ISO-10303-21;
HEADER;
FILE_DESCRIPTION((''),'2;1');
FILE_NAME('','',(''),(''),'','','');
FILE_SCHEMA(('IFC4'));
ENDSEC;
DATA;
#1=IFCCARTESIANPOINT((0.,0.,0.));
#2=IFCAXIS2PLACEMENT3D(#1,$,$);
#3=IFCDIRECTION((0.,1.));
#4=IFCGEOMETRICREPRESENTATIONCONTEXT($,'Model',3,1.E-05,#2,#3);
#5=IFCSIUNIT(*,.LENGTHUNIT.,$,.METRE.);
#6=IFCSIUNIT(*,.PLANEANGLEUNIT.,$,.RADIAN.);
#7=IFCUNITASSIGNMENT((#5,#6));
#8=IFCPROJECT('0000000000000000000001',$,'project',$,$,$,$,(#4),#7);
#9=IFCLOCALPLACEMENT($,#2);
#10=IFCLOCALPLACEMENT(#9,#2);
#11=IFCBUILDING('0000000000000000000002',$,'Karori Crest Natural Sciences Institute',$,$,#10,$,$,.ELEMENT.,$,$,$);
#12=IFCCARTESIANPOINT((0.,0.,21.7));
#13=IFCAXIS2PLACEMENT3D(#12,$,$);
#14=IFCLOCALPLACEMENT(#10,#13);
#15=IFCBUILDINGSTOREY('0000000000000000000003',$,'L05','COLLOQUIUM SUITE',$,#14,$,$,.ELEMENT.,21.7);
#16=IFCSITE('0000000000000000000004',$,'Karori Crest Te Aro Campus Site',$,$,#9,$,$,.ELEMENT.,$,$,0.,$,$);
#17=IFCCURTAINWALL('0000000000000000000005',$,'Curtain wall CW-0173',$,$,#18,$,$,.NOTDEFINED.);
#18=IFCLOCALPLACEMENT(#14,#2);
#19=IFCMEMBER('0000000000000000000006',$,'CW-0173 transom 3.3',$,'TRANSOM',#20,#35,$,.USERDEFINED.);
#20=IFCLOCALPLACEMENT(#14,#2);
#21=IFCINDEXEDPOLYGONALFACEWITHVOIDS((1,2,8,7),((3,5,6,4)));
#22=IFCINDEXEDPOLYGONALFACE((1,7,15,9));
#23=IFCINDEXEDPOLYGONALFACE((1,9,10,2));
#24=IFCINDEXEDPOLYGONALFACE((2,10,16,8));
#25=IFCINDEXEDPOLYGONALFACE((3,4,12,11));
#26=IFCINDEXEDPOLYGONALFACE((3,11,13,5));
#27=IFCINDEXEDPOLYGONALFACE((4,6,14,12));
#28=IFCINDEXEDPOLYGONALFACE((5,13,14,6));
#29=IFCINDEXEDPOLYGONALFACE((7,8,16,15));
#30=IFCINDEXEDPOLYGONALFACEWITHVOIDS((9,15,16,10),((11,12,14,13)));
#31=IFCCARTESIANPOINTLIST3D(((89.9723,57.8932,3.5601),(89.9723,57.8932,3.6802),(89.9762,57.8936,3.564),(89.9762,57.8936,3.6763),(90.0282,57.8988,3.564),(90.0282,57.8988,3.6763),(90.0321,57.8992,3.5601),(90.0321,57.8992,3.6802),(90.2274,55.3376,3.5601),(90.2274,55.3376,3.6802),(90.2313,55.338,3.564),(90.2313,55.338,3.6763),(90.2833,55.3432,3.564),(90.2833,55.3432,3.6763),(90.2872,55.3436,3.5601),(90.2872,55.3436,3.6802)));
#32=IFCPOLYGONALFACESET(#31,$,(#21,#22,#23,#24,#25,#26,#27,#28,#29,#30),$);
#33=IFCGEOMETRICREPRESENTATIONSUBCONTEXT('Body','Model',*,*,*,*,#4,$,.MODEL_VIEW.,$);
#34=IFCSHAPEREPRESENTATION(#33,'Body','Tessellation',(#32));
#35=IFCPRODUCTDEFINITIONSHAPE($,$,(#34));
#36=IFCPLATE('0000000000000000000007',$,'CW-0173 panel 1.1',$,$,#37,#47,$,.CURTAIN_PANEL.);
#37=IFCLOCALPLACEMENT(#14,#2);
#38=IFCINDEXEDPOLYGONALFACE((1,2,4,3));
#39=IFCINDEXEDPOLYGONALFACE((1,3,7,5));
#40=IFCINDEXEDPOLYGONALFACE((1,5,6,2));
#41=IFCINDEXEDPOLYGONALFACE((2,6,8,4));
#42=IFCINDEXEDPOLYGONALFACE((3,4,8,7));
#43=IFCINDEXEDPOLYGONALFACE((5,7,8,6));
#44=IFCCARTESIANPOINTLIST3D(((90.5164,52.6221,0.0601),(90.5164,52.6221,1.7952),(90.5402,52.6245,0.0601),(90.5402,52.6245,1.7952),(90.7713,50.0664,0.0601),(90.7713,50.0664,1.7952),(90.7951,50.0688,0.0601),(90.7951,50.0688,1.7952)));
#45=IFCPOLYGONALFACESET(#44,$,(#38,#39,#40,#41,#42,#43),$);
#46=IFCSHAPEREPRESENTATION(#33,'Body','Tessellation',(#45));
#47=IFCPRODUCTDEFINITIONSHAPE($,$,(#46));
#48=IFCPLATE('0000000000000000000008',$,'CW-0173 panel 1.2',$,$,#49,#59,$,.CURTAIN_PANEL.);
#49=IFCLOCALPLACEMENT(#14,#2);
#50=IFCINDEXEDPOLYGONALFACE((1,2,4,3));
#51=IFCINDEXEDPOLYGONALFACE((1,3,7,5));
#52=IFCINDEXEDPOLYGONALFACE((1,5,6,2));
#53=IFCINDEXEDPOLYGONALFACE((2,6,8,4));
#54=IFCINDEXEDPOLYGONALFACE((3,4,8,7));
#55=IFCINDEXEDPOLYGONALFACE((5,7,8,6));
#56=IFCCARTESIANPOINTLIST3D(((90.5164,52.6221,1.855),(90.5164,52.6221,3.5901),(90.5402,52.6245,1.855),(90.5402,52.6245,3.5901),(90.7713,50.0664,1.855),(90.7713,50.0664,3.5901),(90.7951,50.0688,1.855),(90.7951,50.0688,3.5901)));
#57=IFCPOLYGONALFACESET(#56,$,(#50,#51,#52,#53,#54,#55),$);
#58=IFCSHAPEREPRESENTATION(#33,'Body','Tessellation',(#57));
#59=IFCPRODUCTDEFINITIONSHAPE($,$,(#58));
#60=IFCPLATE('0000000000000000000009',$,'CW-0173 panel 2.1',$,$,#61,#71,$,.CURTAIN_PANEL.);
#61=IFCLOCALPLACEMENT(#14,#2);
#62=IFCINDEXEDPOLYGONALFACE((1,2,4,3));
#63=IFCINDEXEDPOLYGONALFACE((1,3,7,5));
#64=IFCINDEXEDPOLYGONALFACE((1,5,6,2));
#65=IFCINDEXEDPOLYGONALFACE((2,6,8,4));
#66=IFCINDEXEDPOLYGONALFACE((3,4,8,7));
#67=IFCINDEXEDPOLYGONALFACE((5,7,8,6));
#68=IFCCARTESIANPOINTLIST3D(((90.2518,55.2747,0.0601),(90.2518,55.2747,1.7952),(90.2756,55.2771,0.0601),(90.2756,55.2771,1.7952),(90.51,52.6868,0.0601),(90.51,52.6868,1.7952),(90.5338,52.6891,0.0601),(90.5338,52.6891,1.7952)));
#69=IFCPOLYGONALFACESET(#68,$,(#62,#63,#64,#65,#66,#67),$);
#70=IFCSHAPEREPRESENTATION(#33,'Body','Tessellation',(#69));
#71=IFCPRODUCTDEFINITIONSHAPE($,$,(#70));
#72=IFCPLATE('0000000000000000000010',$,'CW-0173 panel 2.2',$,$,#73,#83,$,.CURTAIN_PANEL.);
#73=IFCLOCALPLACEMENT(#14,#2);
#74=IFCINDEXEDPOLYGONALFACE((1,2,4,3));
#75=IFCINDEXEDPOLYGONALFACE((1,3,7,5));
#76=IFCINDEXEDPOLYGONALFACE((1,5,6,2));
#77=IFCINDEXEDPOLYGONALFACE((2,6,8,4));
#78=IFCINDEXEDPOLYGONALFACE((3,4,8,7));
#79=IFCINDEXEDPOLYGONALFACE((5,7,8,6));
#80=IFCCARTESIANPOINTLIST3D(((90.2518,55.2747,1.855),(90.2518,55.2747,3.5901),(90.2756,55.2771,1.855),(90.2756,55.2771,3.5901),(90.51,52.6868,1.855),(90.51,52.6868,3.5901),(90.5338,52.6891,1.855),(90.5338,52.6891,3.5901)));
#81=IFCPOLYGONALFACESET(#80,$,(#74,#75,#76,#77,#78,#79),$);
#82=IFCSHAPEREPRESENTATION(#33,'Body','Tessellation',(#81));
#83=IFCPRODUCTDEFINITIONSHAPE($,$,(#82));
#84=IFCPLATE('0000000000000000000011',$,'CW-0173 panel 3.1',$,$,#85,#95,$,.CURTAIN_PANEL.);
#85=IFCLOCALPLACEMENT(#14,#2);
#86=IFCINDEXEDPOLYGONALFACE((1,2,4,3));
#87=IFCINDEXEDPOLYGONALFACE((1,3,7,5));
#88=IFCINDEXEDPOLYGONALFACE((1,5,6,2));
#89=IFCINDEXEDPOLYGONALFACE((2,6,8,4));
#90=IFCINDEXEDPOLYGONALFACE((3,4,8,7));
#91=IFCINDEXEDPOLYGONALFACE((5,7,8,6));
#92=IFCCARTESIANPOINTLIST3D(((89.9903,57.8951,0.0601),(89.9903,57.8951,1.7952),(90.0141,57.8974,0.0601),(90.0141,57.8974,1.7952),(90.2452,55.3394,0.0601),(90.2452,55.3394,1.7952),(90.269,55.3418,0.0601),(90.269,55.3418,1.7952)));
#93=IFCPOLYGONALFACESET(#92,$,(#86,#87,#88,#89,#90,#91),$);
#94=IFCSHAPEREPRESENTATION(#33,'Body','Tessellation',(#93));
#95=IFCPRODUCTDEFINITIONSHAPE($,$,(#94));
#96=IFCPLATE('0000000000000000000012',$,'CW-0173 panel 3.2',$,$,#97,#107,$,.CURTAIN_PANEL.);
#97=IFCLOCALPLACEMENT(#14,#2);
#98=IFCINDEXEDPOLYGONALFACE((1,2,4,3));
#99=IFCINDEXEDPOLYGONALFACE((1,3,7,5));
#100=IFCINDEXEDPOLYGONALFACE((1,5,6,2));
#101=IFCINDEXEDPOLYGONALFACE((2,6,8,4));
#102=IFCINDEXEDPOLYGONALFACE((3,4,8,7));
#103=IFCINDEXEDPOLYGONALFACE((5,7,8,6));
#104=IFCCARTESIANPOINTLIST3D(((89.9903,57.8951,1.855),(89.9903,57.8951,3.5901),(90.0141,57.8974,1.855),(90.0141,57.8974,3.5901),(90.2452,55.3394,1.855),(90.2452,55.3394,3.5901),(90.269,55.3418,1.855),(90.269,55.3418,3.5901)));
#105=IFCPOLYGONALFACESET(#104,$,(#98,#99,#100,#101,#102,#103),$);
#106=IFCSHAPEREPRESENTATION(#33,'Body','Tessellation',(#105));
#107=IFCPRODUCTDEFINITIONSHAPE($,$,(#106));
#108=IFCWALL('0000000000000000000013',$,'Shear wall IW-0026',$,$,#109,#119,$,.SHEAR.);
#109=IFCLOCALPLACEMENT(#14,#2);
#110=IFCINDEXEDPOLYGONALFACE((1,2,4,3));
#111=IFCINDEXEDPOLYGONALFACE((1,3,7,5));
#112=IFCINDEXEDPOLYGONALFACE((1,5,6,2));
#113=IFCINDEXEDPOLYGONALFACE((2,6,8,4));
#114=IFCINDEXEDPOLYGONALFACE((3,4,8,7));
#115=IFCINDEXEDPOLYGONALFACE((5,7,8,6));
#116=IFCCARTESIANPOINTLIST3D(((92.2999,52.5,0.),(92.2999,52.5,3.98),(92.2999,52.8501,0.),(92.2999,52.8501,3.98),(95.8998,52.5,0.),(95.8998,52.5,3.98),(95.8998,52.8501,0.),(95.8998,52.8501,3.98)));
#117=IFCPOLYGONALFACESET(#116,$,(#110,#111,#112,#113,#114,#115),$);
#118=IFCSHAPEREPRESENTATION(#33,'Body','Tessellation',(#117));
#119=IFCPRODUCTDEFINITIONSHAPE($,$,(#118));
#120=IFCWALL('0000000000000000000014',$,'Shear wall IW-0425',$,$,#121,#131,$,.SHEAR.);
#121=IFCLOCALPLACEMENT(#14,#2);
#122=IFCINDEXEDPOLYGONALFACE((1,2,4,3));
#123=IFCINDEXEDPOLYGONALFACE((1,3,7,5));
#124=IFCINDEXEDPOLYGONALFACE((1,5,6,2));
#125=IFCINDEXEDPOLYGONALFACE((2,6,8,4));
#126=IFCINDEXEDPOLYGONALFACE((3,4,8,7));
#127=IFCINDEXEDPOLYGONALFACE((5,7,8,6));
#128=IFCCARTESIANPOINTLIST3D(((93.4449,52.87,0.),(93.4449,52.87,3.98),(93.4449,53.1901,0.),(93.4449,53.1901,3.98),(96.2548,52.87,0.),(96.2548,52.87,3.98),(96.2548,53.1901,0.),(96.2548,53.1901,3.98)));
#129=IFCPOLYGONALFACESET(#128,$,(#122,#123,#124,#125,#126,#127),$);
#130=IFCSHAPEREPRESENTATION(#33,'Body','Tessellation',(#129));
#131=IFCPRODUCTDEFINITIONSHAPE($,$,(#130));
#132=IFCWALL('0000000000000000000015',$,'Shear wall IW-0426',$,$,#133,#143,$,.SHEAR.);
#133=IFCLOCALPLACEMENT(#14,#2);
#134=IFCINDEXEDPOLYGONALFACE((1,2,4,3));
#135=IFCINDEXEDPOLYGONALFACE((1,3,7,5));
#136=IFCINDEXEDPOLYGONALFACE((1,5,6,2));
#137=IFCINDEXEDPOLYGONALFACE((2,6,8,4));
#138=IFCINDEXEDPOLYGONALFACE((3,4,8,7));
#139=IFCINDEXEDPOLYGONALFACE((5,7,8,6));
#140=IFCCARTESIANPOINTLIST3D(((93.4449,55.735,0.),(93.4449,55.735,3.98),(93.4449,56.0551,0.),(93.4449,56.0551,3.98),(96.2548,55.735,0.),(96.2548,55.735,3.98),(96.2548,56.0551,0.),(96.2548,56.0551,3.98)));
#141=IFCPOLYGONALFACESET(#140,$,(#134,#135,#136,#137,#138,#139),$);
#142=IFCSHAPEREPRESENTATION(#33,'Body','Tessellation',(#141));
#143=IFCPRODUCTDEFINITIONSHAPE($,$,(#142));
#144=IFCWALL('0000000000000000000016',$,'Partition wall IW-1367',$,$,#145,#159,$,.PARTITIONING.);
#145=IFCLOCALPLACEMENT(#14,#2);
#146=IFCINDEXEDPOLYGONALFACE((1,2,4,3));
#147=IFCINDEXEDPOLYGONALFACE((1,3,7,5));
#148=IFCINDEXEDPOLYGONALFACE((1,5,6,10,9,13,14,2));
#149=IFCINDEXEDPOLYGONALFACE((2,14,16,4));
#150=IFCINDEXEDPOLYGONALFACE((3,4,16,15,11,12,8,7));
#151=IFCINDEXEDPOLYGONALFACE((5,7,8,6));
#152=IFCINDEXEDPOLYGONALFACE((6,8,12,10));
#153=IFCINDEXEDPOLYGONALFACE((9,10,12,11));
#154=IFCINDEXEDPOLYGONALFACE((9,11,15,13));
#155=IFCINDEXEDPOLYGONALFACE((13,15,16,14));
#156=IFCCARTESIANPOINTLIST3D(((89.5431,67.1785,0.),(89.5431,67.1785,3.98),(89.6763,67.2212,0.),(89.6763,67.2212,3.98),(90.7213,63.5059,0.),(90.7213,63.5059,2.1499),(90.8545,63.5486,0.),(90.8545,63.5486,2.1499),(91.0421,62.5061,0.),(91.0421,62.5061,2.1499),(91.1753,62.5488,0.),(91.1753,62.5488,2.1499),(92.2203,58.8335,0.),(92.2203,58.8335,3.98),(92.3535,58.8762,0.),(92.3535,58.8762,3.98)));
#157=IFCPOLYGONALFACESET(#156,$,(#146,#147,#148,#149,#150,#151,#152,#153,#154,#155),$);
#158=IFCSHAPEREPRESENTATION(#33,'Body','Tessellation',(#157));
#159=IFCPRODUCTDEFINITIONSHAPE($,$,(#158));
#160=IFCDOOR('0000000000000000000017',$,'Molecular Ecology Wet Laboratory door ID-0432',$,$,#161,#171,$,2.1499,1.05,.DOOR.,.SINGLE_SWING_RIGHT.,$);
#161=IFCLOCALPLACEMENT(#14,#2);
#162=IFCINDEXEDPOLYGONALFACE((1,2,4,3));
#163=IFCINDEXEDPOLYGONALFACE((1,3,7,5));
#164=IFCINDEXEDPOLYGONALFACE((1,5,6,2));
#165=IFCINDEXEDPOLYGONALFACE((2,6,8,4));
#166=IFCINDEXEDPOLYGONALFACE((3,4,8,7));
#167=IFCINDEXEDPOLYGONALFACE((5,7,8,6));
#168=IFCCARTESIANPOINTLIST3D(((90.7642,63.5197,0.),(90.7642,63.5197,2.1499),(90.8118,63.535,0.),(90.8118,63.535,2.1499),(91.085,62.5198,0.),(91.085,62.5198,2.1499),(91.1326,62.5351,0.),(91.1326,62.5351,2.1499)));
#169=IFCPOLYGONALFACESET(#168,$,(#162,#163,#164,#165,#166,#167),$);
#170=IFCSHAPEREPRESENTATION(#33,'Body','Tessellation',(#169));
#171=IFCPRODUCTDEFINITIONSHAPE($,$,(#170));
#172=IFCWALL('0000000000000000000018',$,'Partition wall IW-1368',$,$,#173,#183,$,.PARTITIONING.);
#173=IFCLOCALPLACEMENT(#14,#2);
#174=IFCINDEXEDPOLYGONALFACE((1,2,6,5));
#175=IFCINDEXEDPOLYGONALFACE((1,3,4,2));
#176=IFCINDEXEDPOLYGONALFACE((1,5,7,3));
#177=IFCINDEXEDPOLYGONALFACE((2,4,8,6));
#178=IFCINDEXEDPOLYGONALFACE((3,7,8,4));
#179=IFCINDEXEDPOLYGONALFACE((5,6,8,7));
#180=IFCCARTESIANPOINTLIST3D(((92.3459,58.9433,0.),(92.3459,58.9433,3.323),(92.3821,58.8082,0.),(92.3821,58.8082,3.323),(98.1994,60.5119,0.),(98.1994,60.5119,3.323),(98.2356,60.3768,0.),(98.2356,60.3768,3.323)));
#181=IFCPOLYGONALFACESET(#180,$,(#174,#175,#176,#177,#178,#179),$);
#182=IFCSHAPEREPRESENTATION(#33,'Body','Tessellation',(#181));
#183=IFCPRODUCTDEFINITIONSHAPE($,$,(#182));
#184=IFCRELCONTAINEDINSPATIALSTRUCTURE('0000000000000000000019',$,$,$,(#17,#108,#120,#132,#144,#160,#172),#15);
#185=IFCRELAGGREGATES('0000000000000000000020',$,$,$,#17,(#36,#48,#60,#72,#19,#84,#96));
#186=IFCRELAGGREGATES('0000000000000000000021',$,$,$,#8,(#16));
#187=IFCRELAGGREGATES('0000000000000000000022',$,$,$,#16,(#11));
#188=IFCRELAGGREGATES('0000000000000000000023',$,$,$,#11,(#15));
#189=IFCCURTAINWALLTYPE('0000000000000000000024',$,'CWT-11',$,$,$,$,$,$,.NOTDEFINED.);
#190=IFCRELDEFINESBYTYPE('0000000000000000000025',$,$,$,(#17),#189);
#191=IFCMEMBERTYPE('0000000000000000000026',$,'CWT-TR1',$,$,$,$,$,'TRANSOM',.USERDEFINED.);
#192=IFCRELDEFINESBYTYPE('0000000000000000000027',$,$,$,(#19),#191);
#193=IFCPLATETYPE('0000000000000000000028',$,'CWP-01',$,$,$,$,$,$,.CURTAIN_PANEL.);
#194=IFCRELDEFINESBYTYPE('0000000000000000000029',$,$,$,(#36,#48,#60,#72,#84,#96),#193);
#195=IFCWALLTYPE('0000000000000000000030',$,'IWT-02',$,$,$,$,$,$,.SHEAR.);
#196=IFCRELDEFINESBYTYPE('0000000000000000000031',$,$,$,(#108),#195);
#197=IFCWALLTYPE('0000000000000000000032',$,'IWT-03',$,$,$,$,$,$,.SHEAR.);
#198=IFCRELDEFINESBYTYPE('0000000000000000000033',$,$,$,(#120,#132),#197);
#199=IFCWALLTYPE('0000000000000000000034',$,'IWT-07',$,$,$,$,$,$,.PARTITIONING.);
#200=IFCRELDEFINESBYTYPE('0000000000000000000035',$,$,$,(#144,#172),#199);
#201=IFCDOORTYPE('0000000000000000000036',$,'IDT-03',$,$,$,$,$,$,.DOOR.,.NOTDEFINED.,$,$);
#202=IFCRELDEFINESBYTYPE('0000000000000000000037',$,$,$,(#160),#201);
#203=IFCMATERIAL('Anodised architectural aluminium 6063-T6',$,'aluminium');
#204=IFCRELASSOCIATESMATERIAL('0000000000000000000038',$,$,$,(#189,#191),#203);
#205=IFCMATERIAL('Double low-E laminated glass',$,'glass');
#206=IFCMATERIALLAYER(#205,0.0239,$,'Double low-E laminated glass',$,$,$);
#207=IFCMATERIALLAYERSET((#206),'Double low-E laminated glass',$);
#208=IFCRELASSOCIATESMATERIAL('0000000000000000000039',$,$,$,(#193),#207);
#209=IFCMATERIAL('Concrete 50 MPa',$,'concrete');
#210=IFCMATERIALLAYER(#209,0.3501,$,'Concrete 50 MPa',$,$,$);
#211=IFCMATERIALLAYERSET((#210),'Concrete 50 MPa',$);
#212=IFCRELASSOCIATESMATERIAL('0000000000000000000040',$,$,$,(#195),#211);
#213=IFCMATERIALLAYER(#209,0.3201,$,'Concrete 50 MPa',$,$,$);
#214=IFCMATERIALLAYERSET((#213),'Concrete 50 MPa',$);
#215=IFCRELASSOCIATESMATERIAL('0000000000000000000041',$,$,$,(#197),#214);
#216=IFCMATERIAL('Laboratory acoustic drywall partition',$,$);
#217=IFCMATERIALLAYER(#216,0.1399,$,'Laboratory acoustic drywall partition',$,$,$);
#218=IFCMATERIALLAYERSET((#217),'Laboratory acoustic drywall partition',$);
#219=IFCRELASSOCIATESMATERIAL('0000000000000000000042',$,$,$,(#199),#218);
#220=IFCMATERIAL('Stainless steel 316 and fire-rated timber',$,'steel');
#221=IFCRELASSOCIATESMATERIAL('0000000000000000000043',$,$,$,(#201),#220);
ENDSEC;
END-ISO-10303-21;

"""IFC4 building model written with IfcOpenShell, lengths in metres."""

from ifc_helpers import new_model, si_unit, direction, frame, frame_2d, origin, origin_2d, place, context, subcontext, project, spatial, rectangle, hollow_rectangle, extrude, material, layer, layer_set, material_profile, profile_set, type_object, element, fill, aggregate, save


model = new_model("IFC4")

# Units and contexts
model_context = context("Model", 3, precision=1e-05, world=origin(), true_north=direction((0.0, 1.0)))
body_context = subcontext(model_context, "Body", "Model", "MODEL_VIEW")
ifc_project = project(units=[si_unit("LENGTHUNIT", "METRE"), si_unit("PLANEANGLEUNIT", "RADIAN")], contexts=[model_context])

# Site, building, storey
site_placement = place(None, origin())
site = spatial("IfcSite", under=ifc_project, at=site_placement, Name="Karori Crest Te Aro Campus Site", CompositionType="ELEMENT", RefElevation=0.0)
building_placement = place(site_placement, origin())
building = spatial("IfcBuilding", under=site, at=building_placement, Name="Karori Crest Natural Sciences Institute", CompositionType="ELEMENT")
storey_placement = place(building_placement, frame((0.0, 0.0, 21.7)))
storey = spatial("IfcBuildingStorey", under=building, at=storey_placement, Name="L05", Description="COLLOQUIUM SUITE", CompositionType="ELEMENT", Elevation=21.7)

# Shared definitions
ifc_material_1 = material(Name="Concrete 50 MPa", Category="concrete")

# Curtain wall, member, plates
ifc_material_2 = material(Name="Anodised architectural aluminium 6063-T6", Category="aluminium")
curtain_wall_type = type_object("IfcCurtainWallType", Name="CWT-11", PredefinedType="NOTDEFINED", material=ifc_material_2)
curtain_wall_placement = place(storey_placement, origin())
curtain_wall = element("IfcCurtainWall", 1, at=curtain_wall_placement, inside=storey, type_object=curtain_wall_type, Name="Curtain wall CW-0173", PredefinedType="NOTDEFINED")
ifc_material_profile_1 = material_profile(ifc_material_2, hollow_rectangle(XDim=0.0601, YDim=0.1201, WallThickness=0.0039, at=origin_2d()), Name="CWT120x60x4")
ifc_profile_set_1 = profile_set([ifc_material_profile_1], Name="Anodised architectural aluminium 6063-T6")
member_type_1 = type_object("IfcMemberType", Name="CWT-TR1", ElementType="TRANSOM", PredefinedType="USERDEFINED", material=ifc_profile_set_1)
member_1_placement = place(storey_placement, frame((90.2573, 55.3406, 3.6201), z_axis=(-0.099334, 0.995054, 0.0), x_axis=(-0.995054, -0.099334, 0.0)))
member_1 = element("IfcMember", 2, at=member_1_placement, type_object=member_type_1, Name="CW-0173 transom 3.3", ObjectType="TRANSOM", PredefinedType="USERDEFINED", context=body_context, shape_type="SweptSolid", body=[
    extrude(hollow_rectangle(XDim=0.0601, YDim=0.1201, WallThickness=0.0039, at=origin_2d()), origin(), (0.0, 0.0, 1.0), 2.5684),
])
ifc_material_3 = material(Name="Double low-E laminated glass", Category="glass")
ifc_layer_1 = layer(ifc_material_3, 0.0239, Name="Double low-E laminated glass")
ifc_layer_set_1 = layer_set([ifc_layer_1], Name="Double low-E laminated glass")
plate_type = type_object("IfcPlateType", Name="CWP-01", PredefinedType="CURTAIN_PANEL", material=ifc_layer_set_1)
plate_1_placement = place(storey_placement, frame((90.6558, 51.3455, 0.0601), z_axis=(0.0, 0.0, 1.0), x_axis=(-0.099268, 0.995061, 0.0)))
plate_1 = element("IfcPlate", 3, at=plate_1_placement, type_object=plate_type, Name="CW-0173 panel 1.1", PredefinedType="CURTAIN_PANEL", context=body_context, shape_type="SweptSolid", body=[
    extrude(rectangle(XDim=2.5684, YDim=0.0239, at=origin_2d()), origin(), (0.0, 0.0, 1.0), 1.7351),
])
plate_2_placement = place(storey_placement, frame((90.6558, 51.3455, 1.855), z_axis=(0.0, 0.0, 1.0), x_axis=(-0.099268, 0.995061, 0.0)))
plate_2 = element("IfcPlate", 4, at=plate_2_placement, type_object=plate_type, Name="CW-0173 panel 1.2", PredefinedType="CURTAIN_PANEL", context=body_context, shape_type="SweptSolid", body=[
    extrude(rectangle(XDim=2.5684, YDim=0.0239, at=origin_2d()), origin(), (0.0, 0.0, 1.0), 1.7351),
])
plate_3_placement = place(storey_placement, frame((90.3928, 53.9819, 0.0601), z_axis=(0.0, 0.0, 1.0), x_axis=(-0.099268, 0.995061, 0.0)))
plate_3 = element("IfcPlate", 5, at=plate_3_placement, type_object=plate_type, Name="CW-0173 panel 2.1", PredefinedType="CURTAIN_PANEL", context=body_context, shape_type="SweptSolid", body=[
    extrude(rectangle(XDim=2.6008, YDim=0.0239, at=origin_2d()), origin(), (0.0, 0.0, 1.0), 1.7351),
])
plate_4_placement = place(storey_placement, frame((90.3928, 53.9819, 1.855), z_axis=(0.0, 0.0, 1.0), x_axis=(-0.099268, 0.995061, 0.0)))
plate_4 = element("IfcPlate", 6, at=plate_4_placement, type_object=plate_type, Name="CW-0173 panel 2.2", PredefinedType="CURTAIN_PANEL", context=body_context, shape_type="SweptSolid", body=[
    extrude(rectangle(XDim=2.6008, YDim=0.0239, at=origin_2d()), origin(), (0.0, 0.0, 1.0), 1.7351),
])
plate_5_placement = place(storey_placement, frame((90.1296, 56.6184, 0.0601), z_axis=(0.0, 0.0, 1.0), x_axis=(-0.099268, 0.995061, 0.0)))
plate_5 = element("IfcPlate", 7, at=plate_5_placement, type_object=plate_type, Name="CW-0173 panel 3.1", PredefinedType="CURTAIN_PANEL", context=body_context, shape_type="SweptSolid", body=[
    extrude(rectangle(XDim=2.5684, YDim=0.0239, at=origin_2d()), origin(), (0.0, 0.0, 1.0), 1.7351),
])
plate_6_placement = place(storey_placement, frame((90.1296, 56.6184, 1.855), z_axis=(0.0, 0.0, 1.0), x_axis=(-0.099268, 0.995061, 0.0)))
plate_6 = element("IfcPlate", 8, at=plate_6_placement, type_object=plate_type, Name="CW-0173 panel 3.2", PredefinedType="CURTAIN_PANEL", context=body_context, shape_type="SweptSolid", body=[
    extrude(rectangle(XDim=2.5684, YDim=0.0239, at=origin_2d()), origin(), (0.0, 0.0, 1.0), 1.7351),
])
aggregate(curtain_wall, [plate_1, plate_2, plate_3, plate_4, member_1, plate_5, plate_6])

# Walls
ifc_layer_2 = layer(ifc_material_1, 0.3501, Name="Concrete 50 MPa")
ifc_layer_set_2 = layer_set([ifc_layer_2], Name="Concrete 50 MPa")
wall_type_1 = type_object("IfcWallType", Name="IWT-02", PredefinedType="SHEAR", material=ifc_layer_set_2)
wall_1_placement = place(storey_placement, frame((92.3, 52.675, 0.0), z_axis=(0.0, 0.0, 1.0), x_axis=(1.0, 0.0, 0.0)))
element("IfcWall", 9, at=wall_1_placement, inside=storey, type_object=wall_type_1, Name="Shear wall IW-0026", PredefinedType="SHEAR", context=body_context, shape_type="SweptSolid", body=[
    extrude(rectangle(XDim=3.5999, YDim=0.3501, at=frame_2d((1.7998, 0.0))), origin(), (0.0, 0.0, 1.0), 3.98),
])
ifc_layer_3 = layer(ifc_material_1, 0.3201, Name="Concrete 50 MPa")
ifc_layer_set_3 = layer_set([ifc_layer_3], Name="Concrete 50 MPa")
wall_type_2 = type_object("IfcWallType", Name="IWT-03", PredefinedType="SHEAR", material=ifc_layer_set_3)
for number, where, z_axis, x_axis, name in (
    (10, (93.4451, 53.03, 0.0), (0.0, 0.0, 1.0), (1.0, 0.0, 0.0), "Shear wall IW-0425"),
    (11, (93.4451, 55.895, 0.0), (0.0, 0.0, 1.0), (1.0, 0.0, 0.0), "Shear wall IW-0426"),
):
    element("IfcWall", number, at=place(storey_placement, frame(where, z_axis=z_axis, x_axis=x_axis)), inside=storey, type_object=wall_type_2, Name=name, PredefinedType="SHEAR", context=body_context, shape_type="SweptSolid", body=[
        extrude(rectangle(XDim=2.8098, YDim=0.3201, at=frame_2d((1.4048, 0.0))), origin(), (0.0, 0.0, 1.0), 3.98),
    ])

# Wall, opening, door
ifc_material_4 = material(Name="Stainless steel 316 and fire-rated timber", Category="steel")
ifc_material_5 = material(Name="Laboratory acoustic drywall partition")
ifc_layer_4 = layer(ifc_material_5, 0.1399, Name="Laboratory acoustic drywall partition")
ifc_layer_set_4 = layer_set([ifc_layer_4], Name="Laboratory acoustic drywall partition")
wall_type_3 = type_object("IfcWallType", Name="IWT-07", PredefinedType="PARTITIONING", material=ifc_layer_set_4)
wall_2_placement = place(storey_placement, frame((92.2869, 58.855, 0.0), z_axis=(0.0, 0.0, 1.0), x_axis=(-0.305485, 0.952197, 0.0)))
wall_2 = element("IfcWall", 12, at=wall_2_placement, inside=storey, type_object=wall_type_3, Name="Partition wall IW-1367", PredefinedType="PARTITIONING", context=body_context, shape_type="SweptSolid", body=[
    extrude(rectangle(XDim=8.7639, YDim=0.1399, at=frame_2d((4.3818, 0.0))), origin(), (0.0, 0.0, 1.0), 3.98),
])
opening_1_placement = place(wall_2_placement, frame((3.8569, 0.0, 0.0)))
opening_1 = element("IfcOpeningElement", 13, at=opening_1_placement, cuts=wall_2, PredefinedType="OPENING", context=body_context, shape_type="SweptSolid", body=[
    extrude(rectangle(XDim=1.05, YDim=2.1499, at=frame_2d((0.5249, 1.075))), frame((0.0, 0.0801, 0.0), z_axis=(0.0, -1.0, 0.0), x_axis=(1.0, 0.0, 0.0)), (0.0, 0.0, 1.0), 0.1599),
])
door_type_1 = type_object("IfcDoorType", Name="IDT-03", OperationType="NOTDEFINED", PredefinedType="DOOR", material=ifc_material_4)
door_1_placement = place(opening_1_placement, origin())
door_1 = element("IfcDoor", 14, at=door_1_placement, inside=storey, type_object=door_type_1, Name="Molecular Ecology Wet Laboratory door ID-0432", OperationType="SINGLE_SWING_RIGHT", OverallHeight=2.1499, OverallWidth=1.05, PredefinedType="DOOR", context=body_context, shape_type="SweptSolid", body=[
    extrude(rectangle(XDim=1.05, YDim=2.1499, at=frame_2d((0.5249, 1.075))), frame((0.0, 0.0249, 0.0), z_axis=(0.0, -1.0, 0.0), x_axis=(1.0, 0.0, 0.0)), (0.0, 0.0, 1.0), 0.05),
])
fill(opening_1, door_1)

# Wall
wall_3_placement = place(storey_placement, frame((92.364, 58.8757, 0.0), z_axis=(0.0, 0.0, 1.0), x_axis=(0.965919, 0.258843, 0.0)))
element("IfcWall", 15, at=wall_3_placement, inside=storey, type_object=wall_type_3, Name="Partition wall IW-1368", PredefinedType="PARTITIONING", context=body_context, shape_type="SweptSolid", body=[
    extrude(rectangle(XDim=6.0601, YDim=0.1399, at=frame_2d((3.03, 0.0))), origin(), (0.0, 0.0, 1.0), 3.323),
])

save(model, "model.ifc")
